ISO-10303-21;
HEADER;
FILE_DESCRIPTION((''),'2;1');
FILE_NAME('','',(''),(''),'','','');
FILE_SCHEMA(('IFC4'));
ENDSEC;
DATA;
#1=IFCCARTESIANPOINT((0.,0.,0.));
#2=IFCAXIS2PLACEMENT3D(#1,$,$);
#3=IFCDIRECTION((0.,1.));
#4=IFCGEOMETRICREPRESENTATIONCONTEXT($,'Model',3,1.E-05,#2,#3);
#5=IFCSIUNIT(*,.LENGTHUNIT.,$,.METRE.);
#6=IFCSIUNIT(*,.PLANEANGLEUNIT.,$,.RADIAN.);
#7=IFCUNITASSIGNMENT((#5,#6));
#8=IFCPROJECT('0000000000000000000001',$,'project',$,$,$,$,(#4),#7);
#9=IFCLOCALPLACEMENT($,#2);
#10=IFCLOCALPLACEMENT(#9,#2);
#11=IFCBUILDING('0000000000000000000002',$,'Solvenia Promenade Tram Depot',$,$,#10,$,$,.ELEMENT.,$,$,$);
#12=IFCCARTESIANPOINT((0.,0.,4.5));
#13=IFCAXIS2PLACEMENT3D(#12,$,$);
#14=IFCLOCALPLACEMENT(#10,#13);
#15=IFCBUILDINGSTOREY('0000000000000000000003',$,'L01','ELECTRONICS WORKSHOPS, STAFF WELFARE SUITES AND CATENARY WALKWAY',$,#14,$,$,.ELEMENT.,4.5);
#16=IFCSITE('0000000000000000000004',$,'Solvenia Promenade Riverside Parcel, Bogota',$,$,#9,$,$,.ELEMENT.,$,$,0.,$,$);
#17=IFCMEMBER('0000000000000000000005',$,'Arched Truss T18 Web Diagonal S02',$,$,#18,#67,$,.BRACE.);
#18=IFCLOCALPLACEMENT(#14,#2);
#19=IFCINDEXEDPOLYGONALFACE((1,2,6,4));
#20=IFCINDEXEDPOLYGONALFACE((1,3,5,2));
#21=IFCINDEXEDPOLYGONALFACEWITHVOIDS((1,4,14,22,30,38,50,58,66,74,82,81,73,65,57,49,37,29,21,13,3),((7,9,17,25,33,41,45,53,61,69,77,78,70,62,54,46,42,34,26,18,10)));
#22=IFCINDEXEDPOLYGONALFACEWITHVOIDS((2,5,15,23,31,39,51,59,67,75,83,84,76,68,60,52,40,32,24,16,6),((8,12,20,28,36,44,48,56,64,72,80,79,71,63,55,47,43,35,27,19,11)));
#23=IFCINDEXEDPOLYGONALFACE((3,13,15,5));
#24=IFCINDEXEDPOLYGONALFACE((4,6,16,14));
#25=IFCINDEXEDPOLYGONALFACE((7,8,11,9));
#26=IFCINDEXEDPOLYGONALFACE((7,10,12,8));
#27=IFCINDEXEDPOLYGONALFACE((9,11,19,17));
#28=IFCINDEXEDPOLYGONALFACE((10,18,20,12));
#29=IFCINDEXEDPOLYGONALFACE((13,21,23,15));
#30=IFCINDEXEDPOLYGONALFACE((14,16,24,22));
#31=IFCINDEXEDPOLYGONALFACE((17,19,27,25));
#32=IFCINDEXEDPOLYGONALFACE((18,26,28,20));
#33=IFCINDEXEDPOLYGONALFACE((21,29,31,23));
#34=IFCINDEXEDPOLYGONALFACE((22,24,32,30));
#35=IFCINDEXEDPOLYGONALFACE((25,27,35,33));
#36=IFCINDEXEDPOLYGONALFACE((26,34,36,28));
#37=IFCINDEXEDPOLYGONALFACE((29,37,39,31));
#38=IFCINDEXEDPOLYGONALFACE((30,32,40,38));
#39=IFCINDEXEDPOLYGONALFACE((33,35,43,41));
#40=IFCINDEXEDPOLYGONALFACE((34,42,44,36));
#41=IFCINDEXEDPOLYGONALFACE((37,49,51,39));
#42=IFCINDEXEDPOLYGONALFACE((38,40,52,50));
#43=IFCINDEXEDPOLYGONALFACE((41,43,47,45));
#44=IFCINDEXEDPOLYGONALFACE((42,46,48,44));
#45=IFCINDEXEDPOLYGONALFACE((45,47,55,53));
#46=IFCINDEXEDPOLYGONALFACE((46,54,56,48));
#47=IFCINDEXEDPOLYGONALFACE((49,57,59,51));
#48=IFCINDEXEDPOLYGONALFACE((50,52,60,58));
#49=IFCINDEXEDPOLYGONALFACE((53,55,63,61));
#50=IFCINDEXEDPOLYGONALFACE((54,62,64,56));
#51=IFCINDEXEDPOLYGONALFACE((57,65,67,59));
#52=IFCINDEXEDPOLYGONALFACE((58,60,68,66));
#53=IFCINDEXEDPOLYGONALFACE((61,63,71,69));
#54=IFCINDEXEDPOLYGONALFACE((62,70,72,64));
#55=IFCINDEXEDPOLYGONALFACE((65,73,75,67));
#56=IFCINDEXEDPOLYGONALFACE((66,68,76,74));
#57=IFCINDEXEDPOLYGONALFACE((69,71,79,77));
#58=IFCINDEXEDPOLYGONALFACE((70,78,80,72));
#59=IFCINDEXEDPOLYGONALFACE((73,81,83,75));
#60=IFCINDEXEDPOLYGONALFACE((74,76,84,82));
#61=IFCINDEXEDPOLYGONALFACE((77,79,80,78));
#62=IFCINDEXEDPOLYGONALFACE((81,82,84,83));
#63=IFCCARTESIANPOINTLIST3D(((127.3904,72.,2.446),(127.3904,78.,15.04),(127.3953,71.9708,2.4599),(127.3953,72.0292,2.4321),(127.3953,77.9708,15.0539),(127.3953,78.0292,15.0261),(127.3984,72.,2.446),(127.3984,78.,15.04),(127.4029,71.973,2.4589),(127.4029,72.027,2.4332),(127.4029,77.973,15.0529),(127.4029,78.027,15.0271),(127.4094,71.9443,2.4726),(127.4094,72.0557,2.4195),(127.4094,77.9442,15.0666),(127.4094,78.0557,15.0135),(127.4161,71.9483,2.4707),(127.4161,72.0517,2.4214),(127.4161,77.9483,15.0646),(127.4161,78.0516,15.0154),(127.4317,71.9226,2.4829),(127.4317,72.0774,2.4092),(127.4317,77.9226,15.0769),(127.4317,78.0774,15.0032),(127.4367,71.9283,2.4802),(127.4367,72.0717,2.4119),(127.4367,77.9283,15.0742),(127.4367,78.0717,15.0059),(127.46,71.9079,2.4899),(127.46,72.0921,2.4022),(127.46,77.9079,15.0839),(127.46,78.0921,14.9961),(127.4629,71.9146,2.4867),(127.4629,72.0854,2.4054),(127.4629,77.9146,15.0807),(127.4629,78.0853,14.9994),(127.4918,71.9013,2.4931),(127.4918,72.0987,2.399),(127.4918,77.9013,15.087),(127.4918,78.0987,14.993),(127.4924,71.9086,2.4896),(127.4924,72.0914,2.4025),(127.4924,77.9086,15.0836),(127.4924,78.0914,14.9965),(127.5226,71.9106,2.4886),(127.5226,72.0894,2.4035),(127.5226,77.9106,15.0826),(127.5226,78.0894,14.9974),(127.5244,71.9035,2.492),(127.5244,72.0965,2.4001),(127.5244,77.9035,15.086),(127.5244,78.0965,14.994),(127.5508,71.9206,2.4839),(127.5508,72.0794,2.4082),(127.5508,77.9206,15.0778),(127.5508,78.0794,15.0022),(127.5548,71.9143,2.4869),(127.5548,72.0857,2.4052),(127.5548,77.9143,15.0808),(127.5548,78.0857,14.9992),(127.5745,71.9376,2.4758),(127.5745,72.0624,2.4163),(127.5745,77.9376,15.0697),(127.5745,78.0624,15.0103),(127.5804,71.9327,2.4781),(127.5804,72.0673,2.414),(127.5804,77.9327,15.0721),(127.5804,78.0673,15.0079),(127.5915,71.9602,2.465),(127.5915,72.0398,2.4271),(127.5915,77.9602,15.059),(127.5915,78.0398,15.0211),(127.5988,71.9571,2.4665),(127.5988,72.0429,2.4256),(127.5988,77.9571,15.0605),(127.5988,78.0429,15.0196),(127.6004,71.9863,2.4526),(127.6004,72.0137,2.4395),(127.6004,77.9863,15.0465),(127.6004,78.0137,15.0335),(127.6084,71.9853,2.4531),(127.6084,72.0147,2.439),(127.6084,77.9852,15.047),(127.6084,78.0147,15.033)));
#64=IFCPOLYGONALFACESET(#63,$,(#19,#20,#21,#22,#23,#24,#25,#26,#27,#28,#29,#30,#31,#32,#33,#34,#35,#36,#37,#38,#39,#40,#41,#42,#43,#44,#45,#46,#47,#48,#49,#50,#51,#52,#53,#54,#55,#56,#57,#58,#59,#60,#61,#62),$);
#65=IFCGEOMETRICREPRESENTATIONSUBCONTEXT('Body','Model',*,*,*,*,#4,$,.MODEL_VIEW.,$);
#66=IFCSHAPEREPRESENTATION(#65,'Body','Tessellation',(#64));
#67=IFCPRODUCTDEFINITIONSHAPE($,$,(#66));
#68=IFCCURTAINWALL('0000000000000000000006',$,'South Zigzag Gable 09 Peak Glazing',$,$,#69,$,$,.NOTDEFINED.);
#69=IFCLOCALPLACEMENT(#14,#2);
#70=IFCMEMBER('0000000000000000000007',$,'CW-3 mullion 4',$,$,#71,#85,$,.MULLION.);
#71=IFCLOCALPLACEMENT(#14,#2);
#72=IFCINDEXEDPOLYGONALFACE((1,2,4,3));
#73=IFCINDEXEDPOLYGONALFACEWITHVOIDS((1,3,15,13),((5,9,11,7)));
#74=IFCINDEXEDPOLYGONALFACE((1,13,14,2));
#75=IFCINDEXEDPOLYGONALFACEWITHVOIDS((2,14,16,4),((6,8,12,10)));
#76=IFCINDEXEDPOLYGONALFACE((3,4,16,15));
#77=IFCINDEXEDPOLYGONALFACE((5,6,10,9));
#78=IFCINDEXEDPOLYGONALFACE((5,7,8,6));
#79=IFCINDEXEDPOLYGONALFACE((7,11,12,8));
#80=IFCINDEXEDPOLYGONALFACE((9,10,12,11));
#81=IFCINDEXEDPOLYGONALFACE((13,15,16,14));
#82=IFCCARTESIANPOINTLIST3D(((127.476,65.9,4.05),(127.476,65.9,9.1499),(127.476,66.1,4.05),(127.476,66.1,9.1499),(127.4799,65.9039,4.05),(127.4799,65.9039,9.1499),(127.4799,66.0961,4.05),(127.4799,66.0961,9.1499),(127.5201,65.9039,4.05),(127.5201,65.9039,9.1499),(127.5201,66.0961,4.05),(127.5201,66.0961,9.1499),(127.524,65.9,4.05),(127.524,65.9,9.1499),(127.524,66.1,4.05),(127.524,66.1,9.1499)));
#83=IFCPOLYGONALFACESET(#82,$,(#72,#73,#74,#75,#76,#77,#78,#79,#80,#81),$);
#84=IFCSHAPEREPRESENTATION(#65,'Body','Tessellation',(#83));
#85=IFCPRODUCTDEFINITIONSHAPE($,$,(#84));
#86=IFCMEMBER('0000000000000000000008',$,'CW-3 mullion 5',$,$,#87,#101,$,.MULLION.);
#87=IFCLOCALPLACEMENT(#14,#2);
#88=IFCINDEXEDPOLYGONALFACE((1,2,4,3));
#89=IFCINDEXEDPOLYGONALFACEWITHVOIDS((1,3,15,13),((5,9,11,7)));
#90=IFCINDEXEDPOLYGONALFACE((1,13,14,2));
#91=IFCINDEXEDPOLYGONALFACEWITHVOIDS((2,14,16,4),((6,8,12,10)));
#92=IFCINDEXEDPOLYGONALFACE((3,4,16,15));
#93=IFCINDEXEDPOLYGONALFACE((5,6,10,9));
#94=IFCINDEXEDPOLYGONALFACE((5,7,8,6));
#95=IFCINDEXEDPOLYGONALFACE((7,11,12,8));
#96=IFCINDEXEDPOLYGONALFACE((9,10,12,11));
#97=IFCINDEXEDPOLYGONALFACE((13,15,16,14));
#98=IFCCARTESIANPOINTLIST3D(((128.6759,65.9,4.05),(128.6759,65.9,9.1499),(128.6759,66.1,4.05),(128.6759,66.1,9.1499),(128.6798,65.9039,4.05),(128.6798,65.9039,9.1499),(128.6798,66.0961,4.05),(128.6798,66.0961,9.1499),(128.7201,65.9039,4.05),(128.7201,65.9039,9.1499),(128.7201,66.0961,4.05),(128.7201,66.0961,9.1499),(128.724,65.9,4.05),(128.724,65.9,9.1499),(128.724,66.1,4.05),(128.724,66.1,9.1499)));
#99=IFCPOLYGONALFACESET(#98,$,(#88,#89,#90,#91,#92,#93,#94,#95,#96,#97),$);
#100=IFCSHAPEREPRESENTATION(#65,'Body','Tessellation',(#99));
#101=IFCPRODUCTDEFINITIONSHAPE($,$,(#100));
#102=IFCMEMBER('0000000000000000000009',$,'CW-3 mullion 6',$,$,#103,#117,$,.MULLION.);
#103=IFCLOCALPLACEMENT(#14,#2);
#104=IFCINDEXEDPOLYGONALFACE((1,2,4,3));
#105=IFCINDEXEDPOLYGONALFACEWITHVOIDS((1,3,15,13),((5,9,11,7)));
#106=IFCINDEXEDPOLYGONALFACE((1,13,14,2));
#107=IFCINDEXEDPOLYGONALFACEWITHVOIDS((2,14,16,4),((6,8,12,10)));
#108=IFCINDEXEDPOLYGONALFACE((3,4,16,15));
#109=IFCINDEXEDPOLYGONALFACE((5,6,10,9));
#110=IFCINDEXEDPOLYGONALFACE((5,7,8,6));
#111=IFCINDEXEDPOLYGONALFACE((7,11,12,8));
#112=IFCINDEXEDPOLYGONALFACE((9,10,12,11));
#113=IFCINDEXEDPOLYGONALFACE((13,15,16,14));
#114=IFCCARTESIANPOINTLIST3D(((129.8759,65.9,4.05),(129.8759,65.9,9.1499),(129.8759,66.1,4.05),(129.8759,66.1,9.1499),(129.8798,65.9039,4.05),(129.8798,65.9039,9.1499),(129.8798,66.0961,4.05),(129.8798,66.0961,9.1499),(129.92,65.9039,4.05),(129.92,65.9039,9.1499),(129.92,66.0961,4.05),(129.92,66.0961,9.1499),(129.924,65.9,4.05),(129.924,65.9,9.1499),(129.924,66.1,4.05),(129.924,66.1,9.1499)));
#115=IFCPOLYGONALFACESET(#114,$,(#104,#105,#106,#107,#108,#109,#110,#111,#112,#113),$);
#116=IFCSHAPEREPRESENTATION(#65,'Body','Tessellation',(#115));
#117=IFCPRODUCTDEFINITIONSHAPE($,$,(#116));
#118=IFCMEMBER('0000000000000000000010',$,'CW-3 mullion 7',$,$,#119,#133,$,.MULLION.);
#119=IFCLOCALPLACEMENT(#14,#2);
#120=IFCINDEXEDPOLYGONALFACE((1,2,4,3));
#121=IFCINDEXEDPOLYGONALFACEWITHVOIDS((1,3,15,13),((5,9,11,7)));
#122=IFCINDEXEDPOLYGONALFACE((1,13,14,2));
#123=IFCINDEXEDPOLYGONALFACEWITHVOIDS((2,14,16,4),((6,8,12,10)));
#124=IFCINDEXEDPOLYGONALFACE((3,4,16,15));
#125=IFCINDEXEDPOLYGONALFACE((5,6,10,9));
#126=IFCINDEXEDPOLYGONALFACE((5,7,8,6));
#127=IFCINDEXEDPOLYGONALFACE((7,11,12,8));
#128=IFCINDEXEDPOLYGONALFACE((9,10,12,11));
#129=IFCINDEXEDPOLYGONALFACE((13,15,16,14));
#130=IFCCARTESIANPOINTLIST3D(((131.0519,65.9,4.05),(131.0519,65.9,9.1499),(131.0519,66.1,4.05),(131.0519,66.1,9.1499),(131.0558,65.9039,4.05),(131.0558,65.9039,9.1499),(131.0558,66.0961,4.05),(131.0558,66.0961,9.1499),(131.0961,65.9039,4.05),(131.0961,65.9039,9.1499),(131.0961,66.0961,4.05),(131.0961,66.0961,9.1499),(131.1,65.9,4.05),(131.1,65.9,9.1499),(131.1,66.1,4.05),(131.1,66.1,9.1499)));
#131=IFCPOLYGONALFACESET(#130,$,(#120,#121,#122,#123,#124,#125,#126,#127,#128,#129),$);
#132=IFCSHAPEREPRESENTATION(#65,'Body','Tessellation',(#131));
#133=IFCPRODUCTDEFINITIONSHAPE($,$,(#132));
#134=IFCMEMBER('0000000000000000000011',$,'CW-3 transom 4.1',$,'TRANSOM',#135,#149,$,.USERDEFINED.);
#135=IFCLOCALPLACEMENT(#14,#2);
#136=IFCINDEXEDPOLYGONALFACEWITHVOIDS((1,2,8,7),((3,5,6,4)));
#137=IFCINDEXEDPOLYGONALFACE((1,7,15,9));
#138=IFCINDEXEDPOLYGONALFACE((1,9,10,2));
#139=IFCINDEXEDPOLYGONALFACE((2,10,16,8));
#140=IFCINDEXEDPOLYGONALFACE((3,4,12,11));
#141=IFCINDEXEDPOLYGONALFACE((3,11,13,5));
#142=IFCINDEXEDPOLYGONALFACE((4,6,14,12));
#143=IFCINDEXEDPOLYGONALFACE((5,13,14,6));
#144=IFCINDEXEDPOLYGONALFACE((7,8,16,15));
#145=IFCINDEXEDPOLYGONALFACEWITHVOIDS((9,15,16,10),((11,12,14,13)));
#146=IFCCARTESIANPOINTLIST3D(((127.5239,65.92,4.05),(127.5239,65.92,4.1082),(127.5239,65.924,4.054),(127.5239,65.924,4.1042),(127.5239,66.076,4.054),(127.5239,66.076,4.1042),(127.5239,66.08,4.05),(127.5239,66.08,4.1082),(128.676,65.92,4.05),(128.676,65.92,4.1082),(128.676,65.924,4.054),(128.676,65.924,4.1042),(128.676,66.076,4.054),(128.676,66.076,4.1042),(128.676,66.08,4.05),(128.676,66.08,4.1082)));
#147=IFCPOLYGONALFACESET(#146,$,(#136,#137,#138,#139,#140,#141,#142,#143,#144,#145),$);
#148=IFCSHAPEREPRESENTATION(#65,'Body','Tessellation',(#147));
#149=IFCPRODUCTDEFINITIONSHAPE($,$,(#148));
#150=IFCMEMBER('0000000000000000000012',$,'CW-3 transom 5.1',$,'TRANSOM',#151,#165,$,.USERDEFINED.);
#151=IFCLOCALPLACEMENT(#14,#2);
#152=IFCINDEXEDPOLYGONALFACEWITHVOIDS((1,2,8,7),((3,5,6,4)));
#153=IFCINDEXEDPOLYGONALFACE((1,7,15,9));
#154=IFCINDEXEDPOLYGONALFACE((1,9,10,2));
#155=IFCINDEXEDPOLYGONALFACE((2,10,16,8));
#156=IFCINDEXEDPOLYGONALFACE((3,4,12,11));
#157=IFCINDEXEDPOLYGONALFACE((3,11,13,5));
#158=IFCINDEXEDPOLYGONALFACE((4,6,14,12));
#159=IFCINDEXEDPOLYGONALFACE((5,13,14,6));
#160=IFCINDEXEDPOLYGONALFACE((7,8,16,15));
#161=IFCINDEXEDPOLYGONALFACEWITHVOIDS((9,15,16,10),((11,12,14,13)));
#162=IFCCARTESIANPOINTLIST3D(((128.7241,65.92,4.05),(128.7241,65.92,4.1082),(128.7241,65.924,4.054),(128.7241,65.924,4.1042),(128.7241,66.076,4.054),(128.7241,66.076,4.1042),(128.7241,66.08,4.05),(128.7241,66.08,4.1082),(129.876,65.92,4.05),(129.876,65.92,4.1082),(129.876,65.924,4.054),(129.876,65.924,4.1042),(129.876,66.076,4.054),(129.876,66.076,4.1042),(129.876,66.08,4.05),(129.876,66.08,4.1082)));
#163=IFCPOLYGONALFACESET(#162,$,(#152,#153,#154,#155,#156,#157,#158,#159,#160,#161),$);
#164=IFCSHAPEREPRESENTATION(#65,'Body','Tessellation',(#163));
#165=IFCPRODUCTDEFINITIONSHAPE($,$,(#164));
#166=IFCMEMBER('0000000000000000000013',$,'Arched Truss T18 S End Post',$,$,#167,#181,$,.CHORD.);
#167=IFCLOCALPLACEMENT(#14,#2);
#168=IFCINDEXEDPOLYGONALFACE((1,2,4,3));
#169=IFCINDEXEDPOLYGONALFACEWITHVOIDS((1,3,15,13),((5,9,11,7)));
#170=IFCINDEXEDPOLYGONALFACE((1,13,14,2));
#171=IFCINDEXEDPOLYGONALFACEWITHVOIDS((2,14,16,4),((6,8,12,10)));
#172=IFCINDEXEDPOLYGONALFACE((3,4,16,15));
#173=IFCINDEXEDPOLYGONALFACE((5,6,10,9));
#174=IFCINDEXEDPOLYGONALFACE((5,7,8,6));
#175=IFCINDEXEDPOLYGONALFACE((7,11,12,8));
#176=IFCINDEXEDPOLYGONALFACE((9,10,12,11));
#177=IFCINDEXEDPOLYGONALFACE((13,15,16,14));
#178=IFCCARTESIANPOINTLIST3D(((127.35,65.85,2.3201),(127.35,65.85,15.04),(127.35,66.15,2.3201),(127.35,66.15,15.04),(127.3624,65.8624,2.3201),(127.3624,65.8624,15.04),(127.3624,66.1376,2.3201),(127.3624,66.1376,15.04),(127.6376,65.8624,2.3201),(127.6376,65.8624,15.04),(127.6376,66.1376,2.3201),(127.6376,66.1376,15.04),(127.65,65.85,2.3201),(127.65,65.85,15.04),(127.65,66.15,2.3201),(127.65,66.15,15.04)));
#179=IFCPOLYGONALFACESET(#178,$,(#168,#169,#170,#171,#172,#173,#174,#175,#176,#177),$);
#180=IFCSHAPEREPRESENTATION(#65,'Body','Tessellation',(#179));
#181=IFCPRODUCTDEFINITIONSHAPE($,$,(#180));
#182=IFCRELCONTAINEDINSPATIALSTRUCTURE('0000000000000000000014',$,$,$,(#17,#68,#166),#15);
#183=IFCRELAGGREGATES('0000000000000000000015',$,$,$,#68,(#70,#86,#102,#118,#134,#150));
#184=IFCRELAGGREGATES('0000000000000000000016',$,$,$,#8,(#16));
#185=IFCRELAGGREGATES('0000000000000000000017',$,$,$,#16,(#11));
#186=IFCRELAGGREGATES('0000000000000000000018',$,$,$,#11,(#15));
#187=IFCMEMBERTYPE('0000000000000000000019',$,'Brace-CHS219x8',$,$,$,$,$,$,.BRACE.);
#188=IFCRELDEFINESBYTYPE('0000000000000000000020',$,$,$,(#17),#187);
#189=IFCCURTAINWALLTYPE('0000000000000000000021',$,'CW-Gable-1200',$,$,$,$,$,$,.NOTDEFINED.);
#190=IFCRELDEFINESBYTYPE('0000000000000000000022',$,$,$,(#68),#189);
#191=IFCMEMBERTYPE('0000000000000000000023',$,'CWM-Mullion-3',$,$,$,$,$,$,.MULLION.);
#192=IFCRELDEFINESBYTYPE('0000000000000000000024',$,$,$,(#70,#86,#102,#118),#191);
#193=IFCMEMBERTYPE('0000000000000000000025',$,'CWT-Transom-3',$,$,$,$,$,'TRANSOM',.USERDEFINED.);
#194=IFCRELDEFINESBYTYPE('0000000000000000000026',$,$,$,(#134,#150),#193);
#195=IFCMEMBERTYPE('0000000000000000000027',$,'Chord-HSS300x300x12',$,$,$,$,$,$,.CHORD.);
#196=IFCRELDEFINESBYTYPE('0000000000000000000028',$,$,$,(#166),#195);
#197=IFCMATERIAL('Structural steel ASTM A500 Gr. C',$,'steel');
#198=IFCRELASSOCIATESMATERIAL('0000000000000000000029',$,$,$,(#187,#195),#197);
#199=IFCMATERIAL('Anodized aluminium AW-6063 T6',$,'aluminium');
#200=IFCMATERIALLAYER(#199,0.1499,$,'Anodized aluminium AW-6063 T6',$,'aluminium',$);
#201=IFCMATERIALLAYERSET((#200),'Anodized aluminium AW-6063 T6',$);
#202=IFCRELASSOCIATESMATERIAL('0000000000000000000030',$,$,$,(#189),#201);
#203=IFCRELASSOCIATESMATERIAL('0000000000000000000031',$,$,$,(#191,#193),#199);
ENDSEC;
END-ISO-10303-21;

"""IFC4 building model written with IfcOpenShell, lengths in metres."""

from ifc_helpers import new_model, si_unit, direction, frame, origin, origin_2d, place, context, subcontext, project, spatial, hollow_rectangle, hollow_circle, extrude, material, layer, layer_set, material_profile, profile_set, type_object, element, aggregate, save


model = new_model("IFC4")

# Units and contexts
model_context = context("Model", 3, precision=1e-05, world=origin(), true_north=direction((0.0, 1.0)))
body_context = subcontext(model_context, "Body", "Model", "MODEL_VIEW")
ifc_project = project(units=[si_unit("LENGTHUNIT", "METRE"), si_unit("PLANEANGLEUNIT", "RADIAN")], contexts=[model_context])

# Site, building, storey
site_placement = place(None, origin())
site = spatial("IfcSite", under=ifc_project, at=site_placement, Name="Solvenia Promenade Riverside Parcel, Bogota", CompositionType="ELEMENT", RefElevation=0.0)
building_placement = place(site_placement, origin())
building = spatial("IfcBuilding", under=site, at=building_placement, Name="Solvenia Promenade Tram Depot", CompositionType="ELEMENT")
storey_placement = place(building_placement, frame((0.0, 0.0, 4.5)))
storey = spatial("IfcBuildingStorey", under=building, at=storey_placement, Name="L01", Description="ELECTRONICS WORKSHOPS, STAFF WELFARE SUITES AND CATENARY WALKWAY", CompositionType="ELEMENT", Elevation=4.5)

# Member
ifc_material_1 = material(Name="Structural steel ASTM A500 Gr. C", Category="steel")
ifc_material_profile_1 = material_profile(ifc_material_1, hollow_circle(Radius=0.1096, WallThickness=0.0081, at=origin_2d()), Name="CHS219.1x8", Category="steel")
ifc_profile_set_1 = profile_set([ifc_material_profile_1], Name="Structural steel ASTM A500 Gr. C")
member_type_1 = type_object("IfcMemberType", Name="Brace-CHS219x8", PredefinedType="BRACE", material=ifc_profile_set_1)
member_1_placement = place(storey_placement, frame((127.5, 72.0, 2.446), z_axis=(0.0, 0.430101, 0.902781), x_axis=(-1.0, 0.0, 0.0)))
element("IfcMember", 1, at=member_1_placement, inside=storey, type_object=member_type_1, Name="Arched Truss T18 Web Diagonal S02", PredefinedType="BRACE", context=body_context, shape_type="SweptSolid", body=[
    extrude(hollow_circle(Radius=0.1096, WallThickness=0.0081, at=origin_2d()), origin(), (0.0, 0.0, 1.0), 13.9502),
])

# Curtain wall, members
ifc_material_2 = material(Name="Anodized aluminium AW-6063 T6", Category="aluminium")
ifc_layer_1 = layer(ifc_material_2, 0.1499, Name="Anodized aluminium AW-6063 T6", Category="aluminium")
ifc_layer_set_1 = layer_set([ifc_layer_1], Name="Anodized aluminium AW-6063 T6")
curtain_wall_type = type_object("IfcCurtainWallType", Name="CW-Gable-1200", PredefinedType="NOTDEFINED", material=ifc_layer_set_1)
curtain_wall_placement = place(storey_placement, origin())
curtain_wall = element("IfcCurtainWall", 2, at=curtain_wall_placement, inside=storey, type_object=curtain_wall_type, Name="South Zigzag Gable 09 Peak Glazing", PredefinedType="NOTDEFINED")
ifc_material_profile_2 = material_profile(ifc_material_2, hollow_rectangle(XDim=0.2, YDim=0.0481, WallThickness=0.0039, at=origin_2d()), Name="ALU-M3", Category="aluminium")
ifc_profile_set_2 = profile_set([ifc_material_profile_2], Name="Anodized aluminium AW-6063 T6")
member_type_2 = type_object("IfcMemberType", Name="CWM-Mullion-3", PredefinedType="MULLION", material=ifc_profile_set_2)
member_2_placement = place(storey_placement, frame((127.5, 66.0, 4.05), z_axis=(0.0, 0.0, 1.0), x_axis=(0.0, 1.0, 0.0)))
member_2 = element("IfcMember", 3, at=member_2_placement, type_object=member_type_2, Name="CW-3 mullion 4", PredefinedType="MULLION", context=body_context, shape_type="SweptSolid", body=[
    extrude(hollow_rectangle(XDim=0.2, YDim=0.0481, WallThickness=0.0039, at=origin_2d()), origin(), (0.0, 0.0, 1.0), 5.0999),
])
member_3_placement = place(storey_placement, frame((128.7, 66.0, 4.05), z_axis=(0.0, 0.0, 1.0), x_axis=(0.0, 1.0, 0.0)))
member_3 = element("IfcMember", 4, at=member_3_placement, type_object=member_type_2, Name="CW-3 mullion 5", PredefinedType="MULLION", context=body_context, shape_type="SweptSolid", body=[
    extrude(hollow_rectangle(XDim=0.2, YDim=0.0481, WallThickness=0.0039, at=origin_2d()), origin(), (0.0, 0.0, 1.0), 5.0999),
])
member_4_placement = place(storey_placement, frame((129.8999, 66.0, 4.05), z_axis=(0.0, 0.0, 1.0), x_axis=(0.0, 1.0, 0.0)))
member_4 = element("IfcMember", 5, at=member_4_placement, type_object=member_type_2, Name="CW-3 mullion 6", PredefinedType="MULLION", context=body_context, shape_type="SweptSolid", body=[
    extrude(hollow_rectangle(XDim=0.2, YDim=0.0481, WallThickness=0.0039, at=origin_2d()), origin(), (0.0, 0.0, 1.0), 5.0999),
])
member_5_placement = place(storey_placement, frame((131.0759, 66.0, 4.05), z_axis=(0.0, 0.0, 1.0), x_axis=(0.0, 1.0, 0.0)))
member_5 = element("IfcMember", 6, at=member_5_placement, type_object=member_type_2, Name="CW-3 mullion 7", PredefinedType="MULLION", context=body_context, shape_type="SweptSolid", body=[
    extrude(hollow_rectangle(XDim=0.2, YDim=0.0481, WallThickness=0.0039, at=origin_2d()), origin(), (0.0, 0.0, 1.0), 5.0999),
])
ifc_material_profile_3 = material_profile(ifc_material_2, hollow_rectangle(XDim=0.1599, YDim=0.0581, WallThickness=0.0039, at=origin_2d()), Name="ALU-T3", Category="aluminium")
ifc_profile_set_3 = profile_set([ifc_material_profile_3], Name="Anodized aluminium AW-6063 T6")
member_type_3 = type_object("IfcMemberType", Name="CWT-Transom-3", ElementType="TRANSOM", PredefinedType="USERDEFINED", material=ifc_profile_set_3)
member_6_placement = place(storey_placement, frame((127.5239, 66.0, 4.0791), z_axis=(1.0, 0.0, 0.0), x_axis=(0.0, 1.0, 0.0)))
member_6 = element("IfcMember", 7, at=member_6_placement, type_object=member_type_3, Name="CW-3 transom 4.1", ObjectType="TRANSOM", PredefinedType="USERDEFINED", context=body_context, shape_type="SweptSolid", body=[
    extrude(hollow_rectangle(XDim=0.1599, YDim=0.0581, WallThickness=0.0039, at=origin_2d()), origin(), (0.0, 0.0, 1.0), 1.1521),
])
member_7_placement = place(storey_placement, frame((128.7241, 66.0, 4.0791), z_axis=(1.0, 0.0, 0.0), x_axis=(0.0, 1.0, 0.0)))
member_7 = element("IfcMember", 8, at=member_7_placement, type_object=member_type_3, Name="CW-3 transom 5.1", ObjectType="TRANSOM", PredefinedType="USERDEFINED", context=body_context, shape_type="SweptSolid", body=[
    extrude(hollow_rectangle(XDim=0.1599, YDim=0.0581, WallThickness=0.0039, at=origin_2d()), origin(), (0.0, 0.0, 1.0), 1.1519),
])
aggregate(curtain_wall, [member_2, member_3, member_4, member_5, member_6, member_7])

# Member
ifc_material_profile_4 = material_profile(ifc_material_1, hollow_rectangle(XDim=0.3, YDim=0.3, WallThickness=0.0125, at=origin_2d()), Name="HSS300x300x12.5", Category="steel")
ifc_profile_set_4 = profile_set([ifc_material_profile_4], Name="Structural steel ASTM A500 Gr. C")
member_type_4 = type_object("IfcMemberType", Name="Chord-HSS300x300x12", PredefinedType="CHORD", material=ifc_profile_set_4)
member_8_placement = place(storey_placement, frame((127.5, 66.0, 2.3201), z_axis=(0.0, 0.0, 1.0), x_axis=(1.0, 0.0, 0.0)))
element("IfcMember", 9, at=member_8_placement, inside=storey, type_object=member_type_4, Name="Arched Truss T18 S End Post", PredefinedType="CHORD", context=body_context, shape_type="SweptSolid", body=[
    extrude(hollow_rectangle(XDim=0.3, YDim=0.3, WallThickness=0.0125, at=origin_2d()), origin(), (0.0, 0.0, 1.0), 12.72),
])

save(model, "model.ifc")
